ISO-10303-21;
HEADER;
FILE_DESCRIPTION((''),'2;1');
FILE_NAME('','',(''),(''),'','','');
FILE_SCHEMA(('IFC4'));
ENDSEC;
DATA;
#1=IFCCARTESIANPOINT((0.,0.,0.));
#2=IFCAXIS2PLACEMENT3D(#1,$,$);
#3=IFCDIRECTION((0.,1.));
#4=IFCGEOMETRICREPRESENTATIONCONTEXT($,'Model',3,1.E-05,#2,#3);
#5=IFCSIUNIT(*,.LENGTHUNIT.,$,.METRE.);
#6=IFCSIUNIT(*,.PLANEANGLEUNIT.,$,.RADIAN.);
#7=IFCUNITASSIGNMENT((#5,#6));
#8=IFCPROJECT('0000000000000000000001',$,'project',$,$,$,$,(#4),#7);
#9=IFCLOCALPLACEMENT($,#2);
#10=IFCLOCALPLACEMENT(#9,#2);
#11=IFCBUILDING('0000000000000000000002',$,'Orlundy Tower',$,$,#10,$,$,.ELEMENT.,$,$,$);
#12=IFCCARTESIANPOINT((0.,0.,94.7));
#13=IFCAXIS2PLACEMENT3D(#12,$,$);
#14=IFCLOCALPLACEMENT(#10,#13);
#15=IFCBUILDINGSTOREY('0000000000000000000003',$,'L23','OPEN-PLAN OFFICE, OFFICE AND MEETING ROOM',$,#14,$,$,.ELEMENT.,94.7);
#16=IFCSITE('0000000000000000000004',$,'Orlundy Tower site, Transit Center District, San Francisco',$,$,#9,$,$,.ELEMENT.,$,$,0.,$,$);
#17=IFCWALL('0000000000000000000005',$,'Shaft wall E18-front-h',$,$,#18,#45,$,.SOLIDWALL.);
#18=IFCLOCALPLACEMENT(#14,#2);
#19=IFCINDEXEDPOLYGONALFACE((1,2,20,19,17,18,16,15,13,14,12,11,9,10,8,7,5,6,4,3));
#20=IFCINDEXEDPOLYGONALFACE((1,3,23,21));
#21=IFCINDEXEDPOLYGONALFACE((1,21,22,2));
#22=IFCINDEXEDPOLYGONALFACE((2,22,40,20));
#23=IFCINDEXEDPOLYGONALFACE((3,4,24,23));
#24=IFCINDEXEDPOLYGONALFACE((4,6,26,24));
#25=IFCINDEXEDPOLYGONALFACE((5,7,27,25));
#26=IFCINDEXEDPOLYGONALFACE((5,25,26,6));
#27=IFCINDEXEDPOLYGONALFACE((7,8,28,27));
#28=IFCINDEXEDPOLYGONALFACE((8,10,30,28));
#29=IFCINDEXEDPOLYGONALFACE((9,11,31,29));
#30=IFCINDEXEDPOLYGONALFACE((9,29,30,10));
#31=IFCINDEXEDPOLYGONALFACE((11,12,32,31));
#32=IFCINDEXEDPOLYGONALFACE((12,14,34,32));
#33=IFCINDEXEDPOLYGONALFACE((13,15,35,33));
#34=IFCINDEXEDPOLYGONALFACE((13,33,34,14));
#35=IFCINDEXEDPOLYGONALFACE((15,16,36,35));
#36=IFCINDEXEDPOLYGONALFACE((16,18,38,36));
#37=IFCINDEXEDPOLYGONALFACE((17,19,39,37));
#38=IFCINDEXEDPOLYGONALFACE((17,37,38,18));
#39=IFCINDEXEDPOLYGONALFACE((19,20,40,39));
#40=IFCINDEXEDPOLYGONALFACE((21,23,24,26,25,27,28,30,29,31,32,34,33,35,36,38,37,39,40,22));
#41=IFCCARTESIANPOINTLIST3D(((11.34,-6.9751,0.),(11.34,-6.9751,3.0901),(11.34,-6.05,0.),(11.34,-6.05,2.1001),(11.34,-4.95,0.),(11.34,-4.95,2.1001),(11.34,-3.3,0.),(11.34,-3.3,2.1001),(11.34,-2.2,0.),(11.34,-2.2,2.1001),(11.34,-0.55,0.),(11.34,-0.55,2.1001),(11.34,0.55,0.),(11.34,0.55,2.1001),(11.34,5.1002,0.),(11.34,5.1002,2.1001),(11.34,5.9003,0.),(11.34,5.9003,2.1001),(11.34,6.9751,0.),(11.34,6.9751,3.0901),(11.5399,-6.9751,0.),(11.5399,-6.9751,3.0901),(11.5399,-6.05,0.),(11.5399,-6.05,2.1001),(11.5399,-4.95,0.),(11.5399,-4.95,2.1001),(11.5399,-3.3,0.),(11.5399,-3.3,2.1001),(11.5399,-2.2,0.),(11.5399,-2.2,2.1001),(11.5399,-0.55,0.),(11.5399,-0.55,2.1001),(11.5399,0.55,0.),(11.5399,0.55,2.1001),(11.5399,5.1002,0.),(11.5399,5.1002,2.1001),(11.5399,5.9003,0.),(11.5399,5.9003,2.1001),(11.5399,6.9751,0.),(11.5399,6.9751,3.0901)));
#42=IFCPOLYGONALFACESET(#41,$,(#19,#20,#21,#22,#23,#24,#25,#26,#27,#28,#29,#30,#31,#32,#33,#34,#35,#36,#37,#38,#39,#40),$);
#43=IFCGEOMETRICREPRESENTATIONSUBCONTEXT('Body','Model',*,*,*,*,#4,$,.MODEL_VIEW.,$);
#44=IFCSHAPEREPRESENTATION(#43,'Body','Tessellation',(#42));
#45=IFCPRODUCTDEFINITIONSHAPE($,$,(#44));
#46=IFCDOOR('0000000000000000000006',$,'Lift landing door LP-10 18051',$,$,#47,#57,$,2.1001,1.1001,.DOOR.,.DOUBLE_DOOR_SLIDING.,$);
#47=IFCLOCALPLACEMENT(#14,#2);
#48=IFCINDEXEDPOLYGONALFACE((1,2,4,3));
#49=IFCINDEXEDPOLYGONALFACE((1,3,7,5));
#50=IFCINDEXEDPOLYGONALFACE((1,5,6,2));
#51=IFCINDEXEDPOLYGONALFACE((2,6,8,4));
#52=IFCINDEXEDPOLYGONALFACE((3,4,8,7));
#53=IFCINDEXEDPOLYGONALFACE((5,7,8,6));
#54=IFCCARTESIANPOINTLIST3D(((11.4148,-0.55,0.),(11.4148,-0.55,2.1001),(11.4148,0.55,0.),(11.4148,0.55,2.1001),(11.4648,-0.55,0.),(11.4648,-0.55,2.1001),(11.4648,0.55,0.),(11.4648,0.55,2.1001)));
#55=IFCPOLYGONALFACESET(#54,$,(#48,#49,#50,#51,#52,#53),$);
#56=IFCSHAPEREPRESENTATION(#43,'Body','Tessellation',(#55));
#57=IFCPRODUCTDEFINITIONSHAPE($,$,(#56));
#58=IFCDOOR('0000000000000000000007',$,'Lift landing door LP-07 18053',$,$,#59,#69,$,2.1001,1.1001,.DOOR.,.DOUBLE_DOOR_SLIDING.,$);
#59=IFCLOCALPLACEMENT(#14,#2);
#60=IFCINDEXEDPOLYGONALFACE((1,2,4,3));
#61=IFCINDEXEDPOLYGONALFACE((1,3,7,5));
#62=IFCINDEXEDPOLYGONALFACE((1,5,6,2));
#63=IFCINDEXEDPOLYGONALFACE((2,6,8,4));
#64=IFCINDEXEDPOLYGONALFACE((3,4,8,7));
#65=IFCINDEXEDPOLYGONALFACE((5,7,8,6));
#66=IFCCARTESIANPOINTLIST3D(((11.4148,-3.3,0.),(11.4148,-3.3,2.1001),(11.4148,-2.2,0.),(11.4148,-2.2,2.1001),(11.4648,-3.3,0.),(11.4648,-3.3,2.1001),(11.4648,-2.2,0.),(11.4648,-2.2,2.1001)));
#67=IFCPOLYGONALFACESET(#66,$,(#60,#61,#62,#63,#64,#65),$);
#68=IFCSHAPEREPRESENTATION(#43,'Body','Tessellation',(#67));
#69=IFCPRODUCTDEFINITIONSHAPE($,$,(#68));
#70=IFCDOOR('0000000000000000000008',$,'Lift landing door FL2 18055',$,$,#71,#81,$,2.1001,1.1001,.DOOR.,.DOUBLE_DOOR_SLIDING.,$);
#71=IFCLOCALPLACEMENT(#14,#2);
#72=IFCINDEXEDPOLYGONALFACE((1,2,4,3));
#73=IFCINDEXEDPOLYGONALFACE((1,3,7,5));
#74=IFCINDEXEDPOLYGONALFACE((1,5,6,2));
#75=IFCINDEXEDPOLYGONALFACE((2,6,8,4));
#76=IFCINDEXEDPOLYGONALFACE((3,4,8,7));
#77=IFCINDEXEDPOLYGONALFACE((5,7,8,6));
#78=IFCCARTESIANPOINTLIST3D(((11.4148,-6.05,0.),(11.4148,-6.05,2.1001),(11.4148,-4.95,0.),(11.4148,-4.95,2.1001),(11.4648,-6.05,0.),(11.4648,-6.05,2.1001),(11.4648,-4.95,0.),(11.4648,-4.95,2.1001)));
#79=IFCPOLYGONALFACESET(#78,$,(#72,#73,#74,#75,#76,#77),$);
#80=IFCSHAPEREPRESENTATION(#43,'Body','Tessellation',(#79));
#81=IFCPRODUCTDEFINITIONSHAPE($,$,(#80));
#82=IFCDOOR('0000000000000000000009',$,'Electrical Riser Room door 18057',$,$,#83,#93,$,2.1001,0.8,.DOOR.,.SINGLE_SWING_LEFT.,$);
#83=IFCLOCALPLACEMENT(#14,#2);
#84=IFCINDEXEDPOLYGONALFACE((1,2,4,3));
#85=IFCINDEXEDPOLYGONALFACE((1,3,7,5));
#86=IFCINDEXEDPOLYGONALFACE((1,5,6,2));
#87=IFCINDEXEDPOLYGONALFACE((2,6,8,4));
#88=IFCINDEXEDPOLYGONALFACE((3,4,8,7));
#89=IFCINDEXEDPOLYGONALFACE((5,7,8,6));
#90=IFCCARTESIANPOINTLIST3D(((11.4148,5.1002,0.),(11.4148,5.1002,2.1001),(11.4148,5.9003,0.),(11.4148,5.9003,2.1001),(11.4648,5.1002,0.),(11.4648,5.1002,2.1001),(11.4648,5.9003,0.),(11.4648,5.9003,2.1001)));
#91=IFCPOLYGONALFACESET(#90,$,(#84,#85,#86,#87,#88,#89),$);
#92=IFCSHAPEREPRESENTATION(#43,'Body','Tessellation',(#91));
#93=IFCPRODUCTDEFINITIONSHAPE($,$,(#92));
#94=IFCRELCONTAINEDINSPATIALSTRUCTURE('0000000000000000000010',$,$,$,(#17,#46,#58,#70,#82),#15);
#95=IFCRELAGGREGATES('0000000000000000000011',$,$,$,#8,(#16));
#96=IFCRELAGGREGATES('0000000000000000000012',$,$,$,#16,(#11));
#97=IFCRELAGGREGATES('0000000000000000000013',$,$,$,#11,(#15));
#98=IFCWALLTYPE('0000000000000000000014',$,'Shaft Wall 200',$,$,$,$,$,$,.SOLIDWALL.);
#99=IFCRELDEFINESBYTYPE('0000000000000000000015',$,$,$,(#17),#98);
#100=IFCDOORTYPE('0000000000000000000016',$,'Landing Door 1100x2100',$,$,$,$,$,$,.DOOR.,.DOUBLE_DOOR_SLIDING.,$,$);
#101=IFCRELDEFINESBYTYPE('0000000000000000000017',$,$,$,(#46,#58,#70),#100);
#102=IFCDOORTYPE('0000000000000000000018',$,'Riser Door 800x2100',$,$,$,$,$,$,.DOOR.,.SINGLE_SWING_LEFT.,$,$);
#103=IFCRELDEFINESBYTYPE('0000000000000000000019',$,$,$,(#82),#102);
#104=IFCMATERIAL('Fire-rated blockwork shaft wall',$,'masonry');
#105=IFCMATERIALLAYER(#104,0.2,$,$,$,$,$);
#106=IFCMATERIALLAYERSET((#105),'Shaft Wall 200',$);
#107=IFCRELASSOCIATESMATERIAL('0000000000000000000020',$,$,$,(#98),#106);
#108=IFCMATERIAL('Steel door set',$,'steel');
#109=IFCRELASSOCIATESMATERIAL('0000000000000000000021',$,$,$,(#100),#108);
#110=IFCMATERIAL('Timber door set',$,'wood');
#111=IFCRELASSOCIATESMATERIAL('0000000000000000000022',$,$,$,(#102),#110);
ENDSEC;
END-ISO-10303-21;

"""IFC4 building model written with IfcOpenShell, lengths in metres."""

from ifc_helpers import new_model, si_unit, direction, frame, frame_2d, origin, place, context, subcontext, project, spatial, rectangle, extrude, material, layer, layer_set, type_object, element, fill, save


model = new_model("IFC4")

# Units and contexts
model_context = context("Model", 3, precision=1e-05, world=origin(), true_north=direction((0.0, 1.0)))
body_context = subcontext(model_context, "Body", "Model", "MODEL_VIEW")
ifc_project = project(units=[si_unit("LENGTHUNIT", "METRE"), si_unit("PLANEANGLEUNIT", "RADIAN")], contexts=[model_context])

# Site, building, storey
site_placement = place(None, origin())
site = spatial("IfcSite", under=ifc_project, at=site_placement, Name="Orlundy Tower site, Transit Center District, San Francisco", CompositionType="ELEMENT", RefElevation=0.0)
building_placement = place(site_placement, origin())
building = spatial("IfcBuilding", under=site, at=building_placement, Name="Orlundy Tower", CompositionType="ELEMENT")
storey_placement = place(building_placement, frame((0.0, 0.0, 94.7)))
storey = spatial("IfcBuildingStorey", under=building, at=storey_placement, Name="L23", Description="OPEN-PLAN OFFICE, OFFICE AND MEETING ROOM", CompositionType="ELEMENT", Elevation=94.7)

# Shared definitions
ifc_material_1 = material(Name="Fire-rated blockwork shaft wall", Category="masonry")
ifc_layer_1 = layer(ifc_material_1, 0.2)
ifc_layer_set_1 = layer_set([ifc_layer_1], Name="Shaft Wall 200")
wall_type_1 = type_object("IfcWallType", Name="Shaft Wall 200", PredefinedType="SOLIDWALL", material=ifc_layer_set_1)

# Wall, openings, doors
wall_1_placement = place(storey_placement, frame((11.4399, 6.9751, 0.0), z_axis=(0.0, 0.0, 1.0), x_axis=(0.0, -1.0, 0.0)))
wall_1 = element("IfcWall", 1, at=wall_1_placement, inside=storey, type_object=wall_type_1, Name="Shaft wall E18-front-h", PredefinedType="SOLIDWALL", context=body_context, shape_type="SweptSolid", body=[
    extrude(rectangle(XDim=13.9502, YDim=0.2, at=frame_2d((6.9751, 0.0))), origin(), (0.0, 0.0, 1.0), 3.0901),
])
opening_1_placement = place(wall_1_placement, frame((6.425, 0.0, 0.0)))
opening_1 = element("IfcOpeningElement", 2, at=opening_1_placement, cuts=wall_1, PredefinedType="OPENING", context=body_context, shape_type="SweptSolid", body=[
    extrude(rectangle(XDim=1.1001, YDim=2.1001, at=frame_2d((0.55, 1.05))), frame((0.0, 0.1101, 0.0), z_axis=(0.0, -1.0, 0.0), x_axis=(1.0, 0.0, 0.0)), (0.0, 0.0, 1.0), 0.2202),
])
opening_2_placement = place(wall_1_placement, frame((9.175, 0.0, 0.0)))
opening_2 = element("IfcOpeningElement", 3, at=opening_2_placement, cuts=wall_1, PredefinedType="OPENING", context=body_context, shape_type="SweptSolid", body=[
    extrude(rectangle(XDim=1.1001, YDim=2.1001, at=frame_2d((0.55, 1.05))), frame((0.0, 0.1101, 0.0), z_axis=(0.0, -1.0, 0.0), x_axis=(1.0, 0.0, 0.0)), (0.0, 0.0, 1.0), 0.2202),
])
opening_3_placement = place(wall_1_placement, frame((11.925, 0.0, 0.0)))
opening_3 = element("IfcOpeningElement", 4, at=opening_3_placement, cuts=wall_1, PredefinedType="OPENING", context=body_context, shape_type="SweptSolid", body=[
    extrude(rectangle(XDim=1.1001, YDim=2.1001, at=frame_2d((0.55, 1.05))), frame((0.0, 0.1101, 0.0), z_axis=(0.0, -1.0, 0.0), x_axis=(1.0, 0.0, 0.0)), (0.0, 0.0, 1.0), 0.2202),
])
opening_4_placement = place(wall_1_placement, frame((1.075, 0.0, 0.0)))
opening_4 = element("IfcOpeningElement", 5, at=opening_4_placement, cuts=wall_1, PredefinedType="OPENING", context=body_context, shape_type="SweptSolid", body=[
    extrude(rectangle(XDim=0.8, YDim=2.1001, at=frame_2d((0.3999, 1.05))), frame((0.0, 0.1101, 0.0), z_axis=(0.0, -1.0, 0.0), x_axis=(1.0, 0.0, 0.0)), (0.0, 0.0, 1.0), 0.2202),
])
ifc_material_2 = material(Name="Steel door set", Category="steel")
door_type_1 = type_object("IfcDoorType", Name="Landing Door 1100x2100", OperationType="DOUBLE_DOOR_SLIDING", PredefinedType="DOOR", material=ifc_material_2)
door_1_placement = place(opening_1_placement, origin())
door_1 = element("IfcDoor", 6, at=door_1_placement, inside=storey, type_object=door_type_1, Name="Lift landing door LP-10 18051", OperationType="DOUBLE_DOOR_SLIDING", OverallHeight=2.1001, OverallWidth=1.1001, PredefinedType="DOOR", context=body_context, shape_type="SweptSolid", body=[
    extrude(rectangle(XDim=1.1001, YDim=2.1001, at=frame_2d((0.55, 1.05))), frame((0.0, 0.0249, 0.0), z_axis=(0.0, -1.0, 0.0), x_axis=(1.0, 0.0, 0.0)), (0.0, 0.0, 1.0), 0.05),
])
fill(opening_1, door_1)
door_2_placement = place(opening_2_placement, origin())
door_2 = element("IfcDoor", 7, at=door_2_placement, inside=storey, type_object=door_type_1, Name="Lift landing door LP-07 18053", OperationType="DOUBLE_DOOR_SLIDING", OverallHeight=2.1001, OverallWidth=1.1001, PredefinedType="DOOR", context=body_context, shape_type="SweptSolid", body=[
    extrude(rectangle(XDim=1.1001, YDim=2.1001, at=frame_2d((0.55, 1.05))), frame((0.0, 0.0249, 0.0), z_axis=(0.0, -1.0, 0.0), x_axis=(1.0, 0.0, 0.0)), (0.0, 0.0, 1.0), 0.05),
])
fill(opening_2, door_2)
door_3_placement = place(opening_3_placement, origin())
door_3 = element("IfcDoor", 8, at=door_3_placement, inside=storey, type_object=door_type_1, Name="Lift landing door FL2 18055", OperationType="DOUBLE_DOOR_SLIDING", OverallHeight=2.1001, OverallWidth=1.1001, PredefinedType="DOOR", context=body_context, shape_type="SweptSolid", body=[
    extrude(rectangle(XDim=1.1001, YDim=2.1001, at=frame_2d((0.55, 1.05))), frame((0.0, 0.0249, 0.0), z_axis=(0.0, -1.0, 0.0), x_axis=(1.0, 0.0, 0.0)), (0.0, 0.0, 1.0), 0.05),
])
fill(opening_3, door_3)
ifc_material_3 = material(Name="Timber door set", Category="wood")
door_type_2 = type_object("IfcDoorType", Name="Riser Door 800x2100", OperationType="SINGLE_SWING_LEFT", PredefinedType="DOOR", material=ifc_material_3)
door_4_placement = place(opening_4_placement, origin())
door_4 = element("IfcDoor", 9, at=door_4_placement, inside=storey, type_object=door_type_2, Name="Electrical Riser Room door 18057", OperationType="SINGLE_SWING_LEFT", OverallHeight=2.1001, OverallWidth=0.8, PredefinedType="DOOR", context=body_context, shape_type="SweptSolid", body=[
    extrude(rectangle(XDim=0.8, YDim=2.1001, at=frame_2d((0.3999, 1.05))), frame((0.0, 0.0249, 0.0), z_axis=(0.0, -1.0, 0.0), x_axis=(1.0, 0.0, 0.0)), (0.0, 0.0, 1.0), 0.05),
])
fill(opening_4, door_4)

save(model, "model.ifc")
